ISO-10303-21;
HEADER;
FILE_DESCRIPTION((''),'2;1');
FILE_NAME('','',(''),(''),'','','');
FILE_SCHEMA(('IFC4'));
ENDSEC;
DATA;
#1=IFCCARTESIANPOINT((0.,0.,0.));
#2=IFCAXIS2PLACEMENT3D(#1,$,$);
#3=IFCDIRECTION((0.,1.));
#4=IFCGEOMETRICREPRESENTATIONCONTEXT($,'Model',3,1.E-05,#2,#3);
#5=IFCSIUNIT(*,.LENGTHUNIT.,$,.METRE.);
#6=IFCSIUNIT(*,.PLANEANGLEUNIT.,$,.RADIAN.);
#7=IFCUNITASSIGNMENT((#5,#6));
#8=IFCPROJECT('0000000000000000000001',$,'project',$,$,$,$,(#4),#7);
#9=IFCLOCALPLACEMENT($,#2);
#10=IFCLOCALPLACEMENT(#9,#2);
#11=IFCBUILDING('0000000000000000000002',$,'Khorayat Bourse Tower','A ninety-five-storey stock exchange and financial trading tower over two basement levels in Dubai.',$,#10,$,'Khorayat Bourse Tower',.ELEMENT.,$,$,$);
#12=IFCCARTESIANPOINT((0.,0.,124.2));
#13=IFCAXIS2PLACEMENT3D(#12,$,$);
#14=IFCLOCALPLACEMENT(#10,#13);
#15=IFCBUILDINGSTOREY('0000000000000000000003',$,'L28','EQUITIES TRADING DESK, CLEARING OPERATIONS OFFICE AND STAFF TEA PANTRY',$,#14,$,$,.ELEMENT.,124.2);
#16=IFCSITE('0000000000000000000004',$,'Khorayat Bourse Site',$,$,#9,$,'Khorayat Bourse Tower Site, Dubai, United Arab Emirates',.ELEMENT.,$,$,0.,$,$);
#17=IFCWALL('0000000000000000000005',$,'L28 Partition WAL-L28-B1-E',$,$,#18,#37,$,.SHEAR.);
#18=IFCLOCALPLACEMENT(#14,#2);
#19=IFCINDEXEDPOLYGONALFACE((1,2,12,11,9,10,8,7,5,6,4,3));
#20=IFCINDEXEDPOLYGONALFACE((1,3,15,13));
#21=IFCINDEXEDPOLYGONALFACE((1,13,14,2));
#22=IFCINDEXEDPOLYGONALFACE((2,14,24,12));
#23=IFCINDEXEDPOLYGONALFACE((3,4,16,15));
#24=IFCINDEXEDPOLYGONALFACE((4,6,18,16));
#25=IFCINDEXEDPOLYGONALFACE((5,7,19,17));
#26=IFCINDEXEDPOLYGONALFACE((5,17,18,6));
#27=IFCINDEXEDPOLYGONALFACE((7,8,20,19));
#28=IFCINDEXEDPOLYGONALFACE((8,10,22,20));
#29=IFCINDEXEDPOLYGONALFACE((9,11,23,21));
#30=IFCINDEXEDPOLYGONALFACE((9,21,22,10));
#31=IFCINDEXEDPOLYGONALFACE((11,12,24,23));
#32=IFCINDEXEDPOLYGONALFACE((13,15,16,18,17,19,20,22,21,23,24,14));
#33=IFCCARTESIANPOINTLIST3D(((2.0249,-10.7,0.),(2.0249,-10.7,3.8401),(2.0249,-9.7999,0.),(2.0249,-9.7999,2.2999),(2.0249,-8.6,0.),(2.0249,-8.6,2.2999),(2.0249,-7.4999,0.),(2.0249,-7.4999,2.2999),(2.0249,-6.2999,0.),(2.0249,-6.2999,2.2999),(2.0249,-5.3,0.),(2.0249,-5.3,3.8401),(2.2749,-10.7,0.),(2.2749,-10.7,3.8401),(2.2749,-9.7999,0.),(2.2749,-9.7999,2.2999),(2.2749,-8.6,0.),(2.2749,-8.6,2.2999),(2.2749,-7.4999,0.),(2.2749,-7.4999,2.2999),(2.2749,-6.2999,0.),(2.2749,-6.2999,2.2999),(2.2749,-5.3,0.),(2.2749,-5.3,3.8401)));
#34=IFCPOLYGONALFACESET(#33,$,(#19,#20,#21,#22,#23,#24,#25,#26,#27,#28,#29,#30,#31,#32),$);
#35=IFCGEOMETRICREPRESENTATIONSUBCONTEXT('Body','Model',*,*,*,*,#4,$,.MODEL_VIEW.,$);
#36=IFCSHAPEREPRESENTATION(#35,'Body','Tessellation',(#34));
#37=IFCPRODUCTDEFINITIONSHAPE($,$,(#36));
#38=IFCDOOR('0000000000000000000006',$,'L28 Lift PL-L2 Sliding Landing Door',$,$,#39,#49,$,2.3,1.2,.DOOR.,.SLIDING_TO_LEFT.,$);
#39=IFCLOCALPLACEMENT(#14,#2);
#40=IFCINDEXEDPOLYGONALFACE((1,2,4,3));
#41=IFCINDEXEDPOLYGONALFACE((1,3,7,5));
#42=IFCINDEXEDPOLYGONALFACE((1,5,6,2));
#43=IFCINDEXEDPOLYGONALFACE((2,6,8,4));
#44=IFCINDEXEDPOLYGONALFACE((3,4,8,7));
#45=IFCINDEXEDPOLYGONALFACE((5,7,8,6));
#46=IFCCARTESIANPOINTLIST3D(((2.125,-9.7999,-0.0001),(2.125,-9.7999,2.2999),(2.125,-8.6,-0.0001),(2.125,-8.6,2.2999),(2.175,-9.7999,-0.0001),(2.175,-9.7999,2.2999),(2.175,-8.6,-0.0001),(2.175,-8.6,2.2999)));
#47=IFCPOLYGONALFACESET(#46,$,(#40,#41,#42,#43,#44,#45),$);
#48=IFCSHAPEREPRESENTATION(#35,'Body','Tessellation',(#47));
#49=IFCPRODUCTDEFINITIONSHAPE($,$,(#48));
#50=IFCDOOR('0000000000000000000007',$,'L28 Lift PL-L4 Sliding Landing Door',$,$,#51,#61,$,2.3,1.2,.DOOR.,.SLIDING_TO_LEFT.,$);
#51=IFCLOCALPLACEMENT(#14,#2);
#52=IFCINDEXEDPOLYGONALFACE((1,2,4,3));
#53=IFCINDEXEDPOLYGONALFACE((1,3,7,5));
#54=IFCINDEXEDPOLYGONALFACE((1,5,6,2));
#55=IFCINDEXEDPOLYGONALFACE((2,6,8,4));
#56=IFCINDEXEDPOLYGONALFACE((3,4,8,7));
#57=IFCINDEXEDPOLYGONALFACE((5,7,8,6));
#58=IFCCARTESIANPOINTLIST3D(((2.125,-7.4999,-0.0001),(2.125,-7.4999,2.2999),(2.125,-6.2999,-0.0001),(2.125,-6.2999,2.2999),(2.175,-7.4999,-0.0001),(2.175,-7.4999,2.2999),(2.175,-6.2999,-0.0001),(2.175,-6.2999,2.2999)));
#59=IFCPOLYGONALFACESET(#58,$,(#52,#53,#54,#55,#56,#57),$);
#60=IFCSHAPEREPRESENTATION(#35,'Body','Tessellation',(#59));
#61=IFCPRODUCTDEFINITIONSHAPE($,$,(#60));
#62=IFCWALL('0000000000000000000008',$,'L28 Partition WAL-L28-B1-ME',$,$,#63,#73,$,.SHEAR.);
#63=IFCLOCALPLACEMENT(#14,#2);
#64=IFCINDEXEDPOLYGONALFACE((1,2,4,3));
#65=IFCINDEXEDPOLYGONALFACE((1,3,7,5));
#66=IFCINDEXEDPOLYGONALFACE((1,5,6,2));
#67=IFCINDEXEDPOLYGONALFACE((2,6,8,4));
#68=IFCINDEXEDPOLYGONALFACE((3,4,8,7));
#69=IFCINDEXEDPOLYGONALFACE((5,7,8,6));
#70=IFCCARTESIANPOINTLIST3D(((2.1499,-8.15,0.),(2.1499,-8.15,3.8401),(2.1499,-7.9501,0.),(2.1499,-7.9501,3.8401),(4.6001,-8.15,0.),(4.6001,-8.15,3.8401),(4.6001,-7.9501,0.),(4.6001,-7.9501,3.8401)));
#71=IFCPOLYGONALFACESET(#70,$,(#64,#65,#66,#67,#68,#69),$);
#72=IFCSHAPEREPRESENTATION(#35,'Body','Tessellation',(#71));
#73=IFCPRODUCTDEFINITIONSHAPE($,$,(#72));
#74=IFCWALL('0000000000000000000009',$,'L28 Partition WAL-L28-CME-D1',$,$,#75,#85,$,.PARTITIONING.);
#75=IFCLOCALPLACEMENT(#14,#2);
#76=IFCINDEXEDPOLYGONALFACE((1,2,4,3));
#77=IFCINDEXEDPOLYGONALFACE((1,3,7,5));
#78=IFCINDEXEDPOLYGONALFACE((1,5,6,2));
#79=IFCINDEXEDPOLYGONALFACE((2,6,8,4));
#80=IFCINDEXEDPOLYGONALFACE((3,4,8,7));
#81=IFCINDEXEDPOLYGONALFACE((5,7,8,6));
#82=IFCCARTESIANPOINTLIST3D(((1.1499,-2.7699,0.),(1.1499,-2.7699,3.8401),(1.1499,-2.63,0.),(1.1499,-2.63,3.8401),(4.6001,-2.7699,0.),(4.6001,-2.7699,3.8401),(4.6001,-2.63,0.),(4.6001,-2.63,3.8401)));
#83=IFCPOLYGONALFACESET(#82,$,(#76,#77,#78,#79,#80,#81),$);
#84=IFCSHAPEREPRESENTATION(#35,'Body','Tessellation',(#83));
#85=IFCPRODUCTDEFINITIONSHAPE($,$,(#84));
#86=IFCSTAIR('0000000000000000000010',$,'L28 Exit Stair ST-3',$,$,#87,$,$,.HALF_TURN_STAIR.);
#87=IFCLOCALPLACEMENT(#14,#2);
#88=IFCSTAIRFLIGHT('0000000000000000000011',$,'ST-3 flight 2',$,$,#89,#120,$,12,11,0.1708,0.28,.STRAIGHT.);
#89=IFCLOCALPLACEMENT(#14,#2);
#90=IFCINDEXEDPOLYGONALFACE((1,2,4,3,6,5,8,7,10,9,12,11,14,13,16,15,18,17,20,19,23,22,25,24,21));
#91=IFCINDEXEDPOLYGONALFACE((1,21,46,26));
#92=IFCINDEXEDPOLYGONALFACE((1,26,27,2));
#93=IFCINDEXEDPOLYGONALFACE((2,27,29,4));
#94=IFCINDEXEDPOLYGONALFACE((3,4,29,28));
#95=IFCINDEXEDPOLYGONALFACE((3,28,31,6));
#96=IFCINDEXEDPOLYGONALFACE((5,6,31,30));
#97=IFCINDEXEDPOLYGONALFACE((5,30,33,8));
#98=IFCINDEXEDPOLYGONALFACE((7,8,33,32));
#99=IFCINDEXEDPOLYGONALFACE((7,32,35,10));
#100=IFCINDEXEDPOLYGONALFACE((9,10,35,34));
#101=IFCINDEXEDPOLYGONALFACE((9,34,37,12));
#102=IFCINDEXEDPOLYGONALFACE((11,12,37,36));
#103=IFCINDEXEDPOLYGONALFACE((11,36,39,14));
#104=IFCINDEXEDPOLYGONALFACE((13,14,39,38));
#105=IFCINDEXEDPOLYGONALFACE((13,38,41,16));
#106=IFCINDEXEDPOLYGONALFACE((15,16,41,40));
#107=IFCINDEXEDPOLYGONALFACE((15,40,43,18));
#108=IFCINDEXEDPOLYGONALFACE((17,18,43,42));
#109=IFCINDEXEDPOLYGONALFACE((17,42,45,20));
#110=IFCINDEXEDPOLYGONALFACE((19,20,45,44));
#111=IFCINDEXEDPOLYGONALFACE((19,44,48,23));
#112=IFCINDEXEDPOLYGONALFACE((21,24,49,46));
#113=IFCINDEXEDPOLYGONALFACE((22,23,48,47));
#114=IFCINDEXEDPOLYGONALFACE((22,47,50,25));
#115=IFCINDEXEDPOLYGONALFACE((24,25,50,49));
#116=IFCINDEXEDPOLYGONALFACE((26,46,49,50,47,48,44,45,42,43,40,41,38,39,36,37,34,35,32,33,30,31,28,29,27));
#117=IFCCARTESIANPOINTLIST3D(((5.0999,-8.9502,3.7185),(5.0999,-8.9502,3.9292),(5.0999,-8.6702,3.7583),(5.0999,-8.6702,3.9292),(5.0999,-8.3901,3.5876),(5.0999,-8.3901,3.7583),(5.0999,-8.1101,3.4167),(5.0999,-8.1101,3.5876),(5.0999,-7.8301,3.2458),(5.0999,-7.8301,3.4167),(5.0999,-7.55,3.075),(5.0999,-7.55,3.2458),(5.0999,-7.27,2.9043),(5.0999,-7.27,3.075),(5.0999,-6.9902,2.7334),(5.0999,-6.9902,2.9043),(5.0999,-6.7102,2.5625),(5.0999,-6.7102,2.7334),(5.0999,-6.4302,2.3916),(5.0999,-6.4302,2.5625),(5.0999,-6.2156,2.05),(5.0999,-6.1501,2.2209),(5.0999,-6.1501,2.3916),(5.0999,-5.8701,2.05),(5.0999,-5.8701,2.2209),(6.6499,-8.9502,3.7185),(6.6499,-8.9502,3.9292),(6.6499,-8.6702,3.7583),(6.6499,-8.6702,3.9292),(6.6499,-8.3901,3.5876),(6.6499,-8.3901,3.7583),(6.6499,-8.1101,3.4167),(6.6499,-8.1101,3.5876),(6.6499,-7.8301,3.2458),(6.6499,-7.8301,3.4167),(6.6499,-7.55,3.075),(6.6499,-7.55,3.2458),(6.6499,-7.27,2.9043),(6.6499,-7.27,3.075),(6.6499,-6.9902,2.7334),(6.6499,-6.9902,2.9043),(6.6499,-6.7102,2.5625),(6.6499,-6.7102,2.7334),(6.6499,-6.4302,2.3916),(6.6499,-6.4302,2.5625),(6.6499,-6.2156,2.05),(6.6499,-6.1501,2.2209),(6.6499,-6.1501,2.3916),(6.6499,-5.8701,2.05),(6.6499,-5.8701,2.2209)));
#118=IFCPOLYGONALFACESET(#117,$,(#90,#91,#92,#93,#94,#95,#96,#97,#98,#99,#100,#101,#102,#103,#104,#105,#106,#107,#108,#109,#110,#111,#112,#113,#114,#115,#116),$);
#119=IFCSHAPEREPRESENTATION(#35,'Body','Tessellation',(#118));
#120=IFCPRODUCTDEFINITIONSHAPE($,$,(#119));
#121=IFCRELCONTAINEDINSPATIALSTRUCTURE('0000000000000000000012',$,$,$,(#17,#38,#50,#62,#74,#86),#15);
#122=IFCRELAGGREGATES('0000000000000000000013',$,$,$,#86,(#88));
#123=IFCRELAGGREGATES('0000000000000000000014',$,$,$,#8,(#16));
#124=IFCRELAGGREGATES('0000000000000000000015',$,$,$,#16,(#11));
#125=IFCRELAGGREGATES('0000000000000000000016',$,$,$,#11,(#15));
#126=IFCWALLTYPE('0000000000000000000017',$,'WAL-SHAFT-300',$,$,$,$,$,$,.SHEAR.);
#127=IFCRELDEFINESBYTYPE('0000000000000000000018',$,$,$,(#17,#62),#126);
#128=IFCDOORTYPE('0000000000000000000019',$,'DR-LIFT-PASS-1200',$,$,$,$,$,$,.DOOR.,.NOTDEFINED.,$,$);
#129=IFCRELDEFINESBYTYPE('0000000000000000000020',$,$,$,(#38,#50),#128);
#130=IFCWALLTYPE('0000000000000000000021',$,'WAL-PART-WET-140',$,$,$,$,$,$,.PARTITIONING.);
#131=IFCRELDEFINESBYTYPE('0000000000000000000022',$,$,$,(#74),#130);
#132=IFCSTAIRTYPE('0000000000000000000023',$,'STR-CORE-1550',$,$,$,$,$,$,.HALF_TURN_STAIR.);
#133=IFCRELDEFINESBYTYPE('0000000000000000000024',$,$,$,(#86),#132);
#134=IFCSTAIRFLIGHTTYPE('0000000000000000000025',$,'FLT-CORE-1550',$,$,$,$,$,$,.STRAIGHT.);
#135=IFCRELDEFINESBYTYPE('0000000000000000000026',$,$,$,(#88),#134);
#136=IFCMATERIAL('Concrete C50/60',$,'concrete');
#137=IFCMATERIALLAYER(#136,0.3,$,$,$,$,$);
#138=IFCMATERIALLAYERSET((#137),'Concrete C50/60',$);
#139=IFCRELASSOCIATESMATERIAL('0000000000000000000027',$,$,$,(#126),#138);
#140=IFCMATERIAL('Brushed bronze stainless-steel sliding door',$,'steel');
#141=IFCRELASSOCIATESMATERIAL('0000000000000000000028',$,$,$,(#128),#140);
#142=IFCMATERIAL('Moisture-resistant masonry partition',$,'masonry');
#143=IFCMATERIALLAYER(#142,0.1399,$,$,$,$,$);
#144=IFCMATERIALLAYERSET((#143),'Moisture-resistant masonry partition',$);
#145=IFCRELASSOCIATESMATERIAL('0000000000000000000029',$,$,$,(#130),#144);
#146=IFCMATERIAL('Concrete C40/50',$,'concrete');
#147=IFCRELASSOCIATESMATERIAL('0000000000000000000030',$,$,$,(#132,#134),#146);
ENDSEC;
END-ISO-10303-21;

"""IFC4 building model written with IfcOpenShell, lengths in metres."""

from ifc_helpers import new_model, si_unit, direction, frame, frame_2d, origin, place, context, subcontext, project, spatial, polyline, rectangle, outline, extrude, source, transform, mapped, material, layer, layer_set, type_object, element, fill, aggregate, save


model = new_model("IFC4")

# Units and contexts
model_context = context("Model", 3, precision=1e-05, world=origin(), true_north=direction((0.0, 1.0)))
body_context = subcontext(model_context, "Body", "Model", "MODEL_VIEW")
ifc_project = project(units=[si_unit("LENGTHUNIT", "METRE"), si_unit("PLANEANGLEUNIT", "RADIAN")], contexts=[model_context])

# Site, building, storey
site_placement = place(None, origin())
site = spatial("IfcSite", under=ifc_project, at=site_placement, Name="Khorayat Bourse Site", LongName="Khorayat Bourse Tower Site, Dubai, United Arab Emirates", CompositionType="ELEMENT", RefElevation=0.0)
building_placement = place(site_placement, origin())
building = spatial("IfcBuilding", under=site, at=building_placement, Name="Khorayat Bourse Tower", Description="A ninety-five-storey stock exchange and financial trading tower over two basement levels in Dubai.", LongName="Khorayat Bourse Tower", CompositionType="ELEMENT")
storey_placement = place(building_placement, frame((0.0, 0.0, 124.2)))
storey = spatial("IfcBuildingStorey", under=building, at=storey_placement, Name="L28", Description="EQUITIES TRADING DESK, CLEARING OPERATIONS OFFICE AND STAFF TEA PANTRY", CompositionType="ELEMENT", Elevation=124.2)

# Wall, openings, doors
ifc_material_1 = material(Name="Concrete C50/60", Category="concrete")
ifc_layer_1 = layer(ifc_material_1, 0.3)
ifc_layer_set_1 = layer_set([ifc_layer_1], Name="Concrete C50/60")
wall_type_1 = type_object("IfcWallType", Name="WAL-SHAFT-300", PredefinedType="SHEAR", material=ifc_layer_set_1)
shared_shape_1 = source(origin(), body_context, "Body", "SweptSolid", [
    extrude(rectangle(XDim=5.3999, YDim=0.25, at=frame_2d((2.7, 0.0))), origin(), (0.0, 0.0, 1.0), 3.8401),
])
shared_shape_2 = source(origin(), body_context, "Body", "SweptSolid", [
    extrude(rectangle(XDim=1.2, YDim=2.3, at=frame_2d((0.6001, 1.1499))), frame((0.0, 0.135, 0.0), z_axis=(0.0, -1.0, 0.0), x_axis=(1.0, 0.0, 0.0)), (0.0, 0.0, 1.0), 0.27),
])
ifc_material_2 = material(Name="Brushed bronze stainless-steel sliding door", Category="steel")
door_type_1 = type_object("IfcDoorType", Name="DR-LIFT-PASS-1200", OperationType="NOTDEFINED", PredefinedType="DOOR", material=ifc_material_2)
shared_shape_3 = source(origin(), body_context, "Body", "SweptSolid", [
    extrude(rectangle(XDim=1.2, YDim=2.3, at=frame_2d((0.6001, 1.1499))), frame((0.0, 0.0249, 0.0), z_axis=(0.0, -1.0, 0.0), x_axis=(1.0, 0.0, 0.0)), (0.0, 0.0, 1.0), 0.05),
])
wall_1_placement = place(storey_placement, frame((2.1499, -10.7, 0.0), z_axis=(0.0, 0.0, 1.0), x_axis=(0.0, 1.0, 0.0)))
wall_1 = element("IfcWall", 1, at=wall_1_placement, inside=storey, type_object=wall_type_1, Name="L28 Partition WAL-L28-B1-E", PredefinedType="SHEAR", context=body_context, shape_type="MappedRepresentation", body=[
    mapped(shared_shape_1, transform((0.0, 0.0, 0.0), scale=1.0)),
])
opening_1_placement = place(wall_1_placement, frame((0.8999, 0.0, 0.0)))
opening_1 = element("IfcOpeningElement", 2, at=opening_1_placement, cuts=wall_1, PredefinedType="OPENING", context=body_context, shape_type="MappedRepresentation", body=[
    mapped(shared_shape_2, transform((0.0, 0.0, 0.0), scale=1.0)),
])
opening_2_placement = place(wall_1_placement, frame((3.2, 0.0, 0.0)))
opening_2 = element("IfcOpeningElement", 3, at=opening_2_placement, cuts=wall_1, PredefinedType="OPENING", context=body_context, shape_type="MappedRepresentation", body=[
    mapped(shared_shape_2, transform((0.0, 0.0, 0.0), scale=1.0)),
])
door_1_placement = place(opening_1_placement, origin())
door_1 = element("IfcDoor", 4, at=door_1_placement, inside=storey, type_object=door_type_1, Name="L28 Lift PL-L2 Sliding Landing Door", OperationType="SLIDING_TO_LEFT", OverallHeight=2.3, OverallWidth=1.2, PredefinedType="DOOR", context=body_context, shape_type="MappedRepresentation", body=[
    mapped(shared_shape_3, transform((0.0, 0.0, 0.0), scale=1.0)),
])
fill(opening_1, door_1)
door_2_placement = place(opening_2_placement, origin())
door_2 = element("IfcDoor", 5, at=door_2_placement, inside=storey, type_object=door_type_1, Name="L28 Lift PL-L4 Sliding Landing Door", OperationType="SLIDING_TO_LEFT", OverallHeight=2.3, OverallWidth=1.2, PredefinedType="DOOR", context=body_context, shape_type="MappedRepresentation", body=[
    mapped(shared_shape_3, transform((0.0, 0.0, 0.0), scale=1.0)),
])
fill(opening_2, door_2)

# Wall
shared_shape_4 = source(origin(), body_context, "Body", "SweptSolid", [
    extrude(rectangle(XDim=2.4502, YDim=0.2, at=frame_2d((1.2251, 0.0))), origin(), (0.0, 0.0, 1.0), 3.8401),
])
wall_2_placement = place(storey_placement, frame((2.1499, -8.05, 0.0), z_axis=(0.0, 0.0, 1.0), x_axis=(1.0, 0.0, 0.0)))
element("IfcWall", 6, at=wall_2_placement, inside=storey, type_object=wall_type_1, Name="L28 Partition WAL-L28-B1-ME", PredefinedType="SHEAR", context=body_context, shape_type="MappedRepresentation", body=[
    mapped(shared_shape_4, transform((0.0, 0.0, 0.0), scale=1.0)),
])

# Wall
ifc_material_3 = material(Name="Moisture-resistant masonry partition", Category="masonry")
ifc_layer_2 = layer(ifc_material_3, 0.1399)
ifc_layer_set_2 = layer_set([ifc_layer_2], Name="Moisture-resistant masonry partition")
wall_type_2 = type_object("IfcWallType", Name="WAL-PART-WET-140", PredefinedType="PARTITIONING", material=ifc_layer_set_2)
shared_shape_5 = source(origin(), body_context, "Body", "SweptSolid", [
    extrude(rectangle(XDim=3.4502, YDim=0.1399, at=frame_2d((1.7251, 0.0))), origin(), (0.0, 0.0, 1.0), 3.8401),
])
wall_3_placement = place(storey_placement, frame((1.1499, -2.7, 0.0), z_axis=(0.0, 0.0, 1.0), x_axis=(1.0, 0.0, 0.0)))
element("IfcWall", 7, at=wall_3_placement, inside=storey, type_object=wall_type_2, Name="L28 Partition WAL-L28-CME-D1", PredefinedType="PARTITIONING", context=body_context, shape_type="MappedRepresentation", body=[
    mapped(shared_shape_5, transform((0.0, 0.0, 0.0), scale=1.0)),
])

# Stair, stair flight
ifc_material_4 = material(Name="Concrete C40/50", Category="concrete")
stair_type = type_object("IfcStairType", Name="STR-CORE-1550", PredefinedType="HALF_TURN_STAIR", material=ifc_material_4)
stair_placement = place(storey_placement, origin())
stair = element("IfcStair", 8, at=stair_placement, inside=storey, type_object=stair_type, Name="L28 Exit Stair ST-3", PredefinedType="HALF_TURN_STAIR")
stair_flight_type = type_object("IfcStairFlightType", Name="FLT-CORE-1550", PredefinedType="STRAIGHT", material=ifc_material_4)
shared_shape_6 = source(origin(), body_context, "Body", "SweptSolid", [
    extrude(outline(polyline([(0.0, 0.0), (0.0, 0.1709), (0.28, 0.1709), (0.28, 0.3416), (0.5601, 0.3416), (0.5601, 0.5125), (0.8401, 0.5125), (0.8401, 0.6833), (1.1201, 0.6833), (1.1201, 0.8542), (1.3999, 0.8542), (1.3999, 1.0249), (1.6799, 1.0249), (1.6799, 1.1958), (1.96, 1.1958), (1.96, 1.3667), (2.24, 1.3667), (2.24, 1.5376), (2.52, 1.5376), (2.52, 1.7083), (2.8, 1.7083), (2.8, 1.8792), (3.0801, 1.8792), (3.0801, 2.05), (3.0801, 1.6685), (0.3455, 0.0), (0.0, 0.0)])), frame((0.0, 0.7749, 0.0), z_axis=(0.0, -1.0, 0.0), x_axis=(1.0, 0.0, 0.0)), (0.0, 0.0, 1.0), 1.55),
])
stair_flight_placement = place(storey_placement, frame((5.875, -5.8701, 2.05), z_axis=(0.0, 0.0, 1.0), x_axis=(0.0, -1.0, 0.0)))
stair_flight = element("IfcStairFlight", 9, at=stair_flight_placement, type_object=stair_flight_type, Name="ST-3 flight 2", NumberOfRisers=12, NumberOfTreads=11, PredefinedType="STRAIGHT", RiserHeight=0.1708, TreadLength=0.28, context=body_context, shape_type="MappedRepresentation", body=[
    mapped(shared_shape_6, transform((0.0, 0.0, 0.0), scale=1.0)),
])
aggregate(stair, [stair_flight])

save(model, "model.ifc")
